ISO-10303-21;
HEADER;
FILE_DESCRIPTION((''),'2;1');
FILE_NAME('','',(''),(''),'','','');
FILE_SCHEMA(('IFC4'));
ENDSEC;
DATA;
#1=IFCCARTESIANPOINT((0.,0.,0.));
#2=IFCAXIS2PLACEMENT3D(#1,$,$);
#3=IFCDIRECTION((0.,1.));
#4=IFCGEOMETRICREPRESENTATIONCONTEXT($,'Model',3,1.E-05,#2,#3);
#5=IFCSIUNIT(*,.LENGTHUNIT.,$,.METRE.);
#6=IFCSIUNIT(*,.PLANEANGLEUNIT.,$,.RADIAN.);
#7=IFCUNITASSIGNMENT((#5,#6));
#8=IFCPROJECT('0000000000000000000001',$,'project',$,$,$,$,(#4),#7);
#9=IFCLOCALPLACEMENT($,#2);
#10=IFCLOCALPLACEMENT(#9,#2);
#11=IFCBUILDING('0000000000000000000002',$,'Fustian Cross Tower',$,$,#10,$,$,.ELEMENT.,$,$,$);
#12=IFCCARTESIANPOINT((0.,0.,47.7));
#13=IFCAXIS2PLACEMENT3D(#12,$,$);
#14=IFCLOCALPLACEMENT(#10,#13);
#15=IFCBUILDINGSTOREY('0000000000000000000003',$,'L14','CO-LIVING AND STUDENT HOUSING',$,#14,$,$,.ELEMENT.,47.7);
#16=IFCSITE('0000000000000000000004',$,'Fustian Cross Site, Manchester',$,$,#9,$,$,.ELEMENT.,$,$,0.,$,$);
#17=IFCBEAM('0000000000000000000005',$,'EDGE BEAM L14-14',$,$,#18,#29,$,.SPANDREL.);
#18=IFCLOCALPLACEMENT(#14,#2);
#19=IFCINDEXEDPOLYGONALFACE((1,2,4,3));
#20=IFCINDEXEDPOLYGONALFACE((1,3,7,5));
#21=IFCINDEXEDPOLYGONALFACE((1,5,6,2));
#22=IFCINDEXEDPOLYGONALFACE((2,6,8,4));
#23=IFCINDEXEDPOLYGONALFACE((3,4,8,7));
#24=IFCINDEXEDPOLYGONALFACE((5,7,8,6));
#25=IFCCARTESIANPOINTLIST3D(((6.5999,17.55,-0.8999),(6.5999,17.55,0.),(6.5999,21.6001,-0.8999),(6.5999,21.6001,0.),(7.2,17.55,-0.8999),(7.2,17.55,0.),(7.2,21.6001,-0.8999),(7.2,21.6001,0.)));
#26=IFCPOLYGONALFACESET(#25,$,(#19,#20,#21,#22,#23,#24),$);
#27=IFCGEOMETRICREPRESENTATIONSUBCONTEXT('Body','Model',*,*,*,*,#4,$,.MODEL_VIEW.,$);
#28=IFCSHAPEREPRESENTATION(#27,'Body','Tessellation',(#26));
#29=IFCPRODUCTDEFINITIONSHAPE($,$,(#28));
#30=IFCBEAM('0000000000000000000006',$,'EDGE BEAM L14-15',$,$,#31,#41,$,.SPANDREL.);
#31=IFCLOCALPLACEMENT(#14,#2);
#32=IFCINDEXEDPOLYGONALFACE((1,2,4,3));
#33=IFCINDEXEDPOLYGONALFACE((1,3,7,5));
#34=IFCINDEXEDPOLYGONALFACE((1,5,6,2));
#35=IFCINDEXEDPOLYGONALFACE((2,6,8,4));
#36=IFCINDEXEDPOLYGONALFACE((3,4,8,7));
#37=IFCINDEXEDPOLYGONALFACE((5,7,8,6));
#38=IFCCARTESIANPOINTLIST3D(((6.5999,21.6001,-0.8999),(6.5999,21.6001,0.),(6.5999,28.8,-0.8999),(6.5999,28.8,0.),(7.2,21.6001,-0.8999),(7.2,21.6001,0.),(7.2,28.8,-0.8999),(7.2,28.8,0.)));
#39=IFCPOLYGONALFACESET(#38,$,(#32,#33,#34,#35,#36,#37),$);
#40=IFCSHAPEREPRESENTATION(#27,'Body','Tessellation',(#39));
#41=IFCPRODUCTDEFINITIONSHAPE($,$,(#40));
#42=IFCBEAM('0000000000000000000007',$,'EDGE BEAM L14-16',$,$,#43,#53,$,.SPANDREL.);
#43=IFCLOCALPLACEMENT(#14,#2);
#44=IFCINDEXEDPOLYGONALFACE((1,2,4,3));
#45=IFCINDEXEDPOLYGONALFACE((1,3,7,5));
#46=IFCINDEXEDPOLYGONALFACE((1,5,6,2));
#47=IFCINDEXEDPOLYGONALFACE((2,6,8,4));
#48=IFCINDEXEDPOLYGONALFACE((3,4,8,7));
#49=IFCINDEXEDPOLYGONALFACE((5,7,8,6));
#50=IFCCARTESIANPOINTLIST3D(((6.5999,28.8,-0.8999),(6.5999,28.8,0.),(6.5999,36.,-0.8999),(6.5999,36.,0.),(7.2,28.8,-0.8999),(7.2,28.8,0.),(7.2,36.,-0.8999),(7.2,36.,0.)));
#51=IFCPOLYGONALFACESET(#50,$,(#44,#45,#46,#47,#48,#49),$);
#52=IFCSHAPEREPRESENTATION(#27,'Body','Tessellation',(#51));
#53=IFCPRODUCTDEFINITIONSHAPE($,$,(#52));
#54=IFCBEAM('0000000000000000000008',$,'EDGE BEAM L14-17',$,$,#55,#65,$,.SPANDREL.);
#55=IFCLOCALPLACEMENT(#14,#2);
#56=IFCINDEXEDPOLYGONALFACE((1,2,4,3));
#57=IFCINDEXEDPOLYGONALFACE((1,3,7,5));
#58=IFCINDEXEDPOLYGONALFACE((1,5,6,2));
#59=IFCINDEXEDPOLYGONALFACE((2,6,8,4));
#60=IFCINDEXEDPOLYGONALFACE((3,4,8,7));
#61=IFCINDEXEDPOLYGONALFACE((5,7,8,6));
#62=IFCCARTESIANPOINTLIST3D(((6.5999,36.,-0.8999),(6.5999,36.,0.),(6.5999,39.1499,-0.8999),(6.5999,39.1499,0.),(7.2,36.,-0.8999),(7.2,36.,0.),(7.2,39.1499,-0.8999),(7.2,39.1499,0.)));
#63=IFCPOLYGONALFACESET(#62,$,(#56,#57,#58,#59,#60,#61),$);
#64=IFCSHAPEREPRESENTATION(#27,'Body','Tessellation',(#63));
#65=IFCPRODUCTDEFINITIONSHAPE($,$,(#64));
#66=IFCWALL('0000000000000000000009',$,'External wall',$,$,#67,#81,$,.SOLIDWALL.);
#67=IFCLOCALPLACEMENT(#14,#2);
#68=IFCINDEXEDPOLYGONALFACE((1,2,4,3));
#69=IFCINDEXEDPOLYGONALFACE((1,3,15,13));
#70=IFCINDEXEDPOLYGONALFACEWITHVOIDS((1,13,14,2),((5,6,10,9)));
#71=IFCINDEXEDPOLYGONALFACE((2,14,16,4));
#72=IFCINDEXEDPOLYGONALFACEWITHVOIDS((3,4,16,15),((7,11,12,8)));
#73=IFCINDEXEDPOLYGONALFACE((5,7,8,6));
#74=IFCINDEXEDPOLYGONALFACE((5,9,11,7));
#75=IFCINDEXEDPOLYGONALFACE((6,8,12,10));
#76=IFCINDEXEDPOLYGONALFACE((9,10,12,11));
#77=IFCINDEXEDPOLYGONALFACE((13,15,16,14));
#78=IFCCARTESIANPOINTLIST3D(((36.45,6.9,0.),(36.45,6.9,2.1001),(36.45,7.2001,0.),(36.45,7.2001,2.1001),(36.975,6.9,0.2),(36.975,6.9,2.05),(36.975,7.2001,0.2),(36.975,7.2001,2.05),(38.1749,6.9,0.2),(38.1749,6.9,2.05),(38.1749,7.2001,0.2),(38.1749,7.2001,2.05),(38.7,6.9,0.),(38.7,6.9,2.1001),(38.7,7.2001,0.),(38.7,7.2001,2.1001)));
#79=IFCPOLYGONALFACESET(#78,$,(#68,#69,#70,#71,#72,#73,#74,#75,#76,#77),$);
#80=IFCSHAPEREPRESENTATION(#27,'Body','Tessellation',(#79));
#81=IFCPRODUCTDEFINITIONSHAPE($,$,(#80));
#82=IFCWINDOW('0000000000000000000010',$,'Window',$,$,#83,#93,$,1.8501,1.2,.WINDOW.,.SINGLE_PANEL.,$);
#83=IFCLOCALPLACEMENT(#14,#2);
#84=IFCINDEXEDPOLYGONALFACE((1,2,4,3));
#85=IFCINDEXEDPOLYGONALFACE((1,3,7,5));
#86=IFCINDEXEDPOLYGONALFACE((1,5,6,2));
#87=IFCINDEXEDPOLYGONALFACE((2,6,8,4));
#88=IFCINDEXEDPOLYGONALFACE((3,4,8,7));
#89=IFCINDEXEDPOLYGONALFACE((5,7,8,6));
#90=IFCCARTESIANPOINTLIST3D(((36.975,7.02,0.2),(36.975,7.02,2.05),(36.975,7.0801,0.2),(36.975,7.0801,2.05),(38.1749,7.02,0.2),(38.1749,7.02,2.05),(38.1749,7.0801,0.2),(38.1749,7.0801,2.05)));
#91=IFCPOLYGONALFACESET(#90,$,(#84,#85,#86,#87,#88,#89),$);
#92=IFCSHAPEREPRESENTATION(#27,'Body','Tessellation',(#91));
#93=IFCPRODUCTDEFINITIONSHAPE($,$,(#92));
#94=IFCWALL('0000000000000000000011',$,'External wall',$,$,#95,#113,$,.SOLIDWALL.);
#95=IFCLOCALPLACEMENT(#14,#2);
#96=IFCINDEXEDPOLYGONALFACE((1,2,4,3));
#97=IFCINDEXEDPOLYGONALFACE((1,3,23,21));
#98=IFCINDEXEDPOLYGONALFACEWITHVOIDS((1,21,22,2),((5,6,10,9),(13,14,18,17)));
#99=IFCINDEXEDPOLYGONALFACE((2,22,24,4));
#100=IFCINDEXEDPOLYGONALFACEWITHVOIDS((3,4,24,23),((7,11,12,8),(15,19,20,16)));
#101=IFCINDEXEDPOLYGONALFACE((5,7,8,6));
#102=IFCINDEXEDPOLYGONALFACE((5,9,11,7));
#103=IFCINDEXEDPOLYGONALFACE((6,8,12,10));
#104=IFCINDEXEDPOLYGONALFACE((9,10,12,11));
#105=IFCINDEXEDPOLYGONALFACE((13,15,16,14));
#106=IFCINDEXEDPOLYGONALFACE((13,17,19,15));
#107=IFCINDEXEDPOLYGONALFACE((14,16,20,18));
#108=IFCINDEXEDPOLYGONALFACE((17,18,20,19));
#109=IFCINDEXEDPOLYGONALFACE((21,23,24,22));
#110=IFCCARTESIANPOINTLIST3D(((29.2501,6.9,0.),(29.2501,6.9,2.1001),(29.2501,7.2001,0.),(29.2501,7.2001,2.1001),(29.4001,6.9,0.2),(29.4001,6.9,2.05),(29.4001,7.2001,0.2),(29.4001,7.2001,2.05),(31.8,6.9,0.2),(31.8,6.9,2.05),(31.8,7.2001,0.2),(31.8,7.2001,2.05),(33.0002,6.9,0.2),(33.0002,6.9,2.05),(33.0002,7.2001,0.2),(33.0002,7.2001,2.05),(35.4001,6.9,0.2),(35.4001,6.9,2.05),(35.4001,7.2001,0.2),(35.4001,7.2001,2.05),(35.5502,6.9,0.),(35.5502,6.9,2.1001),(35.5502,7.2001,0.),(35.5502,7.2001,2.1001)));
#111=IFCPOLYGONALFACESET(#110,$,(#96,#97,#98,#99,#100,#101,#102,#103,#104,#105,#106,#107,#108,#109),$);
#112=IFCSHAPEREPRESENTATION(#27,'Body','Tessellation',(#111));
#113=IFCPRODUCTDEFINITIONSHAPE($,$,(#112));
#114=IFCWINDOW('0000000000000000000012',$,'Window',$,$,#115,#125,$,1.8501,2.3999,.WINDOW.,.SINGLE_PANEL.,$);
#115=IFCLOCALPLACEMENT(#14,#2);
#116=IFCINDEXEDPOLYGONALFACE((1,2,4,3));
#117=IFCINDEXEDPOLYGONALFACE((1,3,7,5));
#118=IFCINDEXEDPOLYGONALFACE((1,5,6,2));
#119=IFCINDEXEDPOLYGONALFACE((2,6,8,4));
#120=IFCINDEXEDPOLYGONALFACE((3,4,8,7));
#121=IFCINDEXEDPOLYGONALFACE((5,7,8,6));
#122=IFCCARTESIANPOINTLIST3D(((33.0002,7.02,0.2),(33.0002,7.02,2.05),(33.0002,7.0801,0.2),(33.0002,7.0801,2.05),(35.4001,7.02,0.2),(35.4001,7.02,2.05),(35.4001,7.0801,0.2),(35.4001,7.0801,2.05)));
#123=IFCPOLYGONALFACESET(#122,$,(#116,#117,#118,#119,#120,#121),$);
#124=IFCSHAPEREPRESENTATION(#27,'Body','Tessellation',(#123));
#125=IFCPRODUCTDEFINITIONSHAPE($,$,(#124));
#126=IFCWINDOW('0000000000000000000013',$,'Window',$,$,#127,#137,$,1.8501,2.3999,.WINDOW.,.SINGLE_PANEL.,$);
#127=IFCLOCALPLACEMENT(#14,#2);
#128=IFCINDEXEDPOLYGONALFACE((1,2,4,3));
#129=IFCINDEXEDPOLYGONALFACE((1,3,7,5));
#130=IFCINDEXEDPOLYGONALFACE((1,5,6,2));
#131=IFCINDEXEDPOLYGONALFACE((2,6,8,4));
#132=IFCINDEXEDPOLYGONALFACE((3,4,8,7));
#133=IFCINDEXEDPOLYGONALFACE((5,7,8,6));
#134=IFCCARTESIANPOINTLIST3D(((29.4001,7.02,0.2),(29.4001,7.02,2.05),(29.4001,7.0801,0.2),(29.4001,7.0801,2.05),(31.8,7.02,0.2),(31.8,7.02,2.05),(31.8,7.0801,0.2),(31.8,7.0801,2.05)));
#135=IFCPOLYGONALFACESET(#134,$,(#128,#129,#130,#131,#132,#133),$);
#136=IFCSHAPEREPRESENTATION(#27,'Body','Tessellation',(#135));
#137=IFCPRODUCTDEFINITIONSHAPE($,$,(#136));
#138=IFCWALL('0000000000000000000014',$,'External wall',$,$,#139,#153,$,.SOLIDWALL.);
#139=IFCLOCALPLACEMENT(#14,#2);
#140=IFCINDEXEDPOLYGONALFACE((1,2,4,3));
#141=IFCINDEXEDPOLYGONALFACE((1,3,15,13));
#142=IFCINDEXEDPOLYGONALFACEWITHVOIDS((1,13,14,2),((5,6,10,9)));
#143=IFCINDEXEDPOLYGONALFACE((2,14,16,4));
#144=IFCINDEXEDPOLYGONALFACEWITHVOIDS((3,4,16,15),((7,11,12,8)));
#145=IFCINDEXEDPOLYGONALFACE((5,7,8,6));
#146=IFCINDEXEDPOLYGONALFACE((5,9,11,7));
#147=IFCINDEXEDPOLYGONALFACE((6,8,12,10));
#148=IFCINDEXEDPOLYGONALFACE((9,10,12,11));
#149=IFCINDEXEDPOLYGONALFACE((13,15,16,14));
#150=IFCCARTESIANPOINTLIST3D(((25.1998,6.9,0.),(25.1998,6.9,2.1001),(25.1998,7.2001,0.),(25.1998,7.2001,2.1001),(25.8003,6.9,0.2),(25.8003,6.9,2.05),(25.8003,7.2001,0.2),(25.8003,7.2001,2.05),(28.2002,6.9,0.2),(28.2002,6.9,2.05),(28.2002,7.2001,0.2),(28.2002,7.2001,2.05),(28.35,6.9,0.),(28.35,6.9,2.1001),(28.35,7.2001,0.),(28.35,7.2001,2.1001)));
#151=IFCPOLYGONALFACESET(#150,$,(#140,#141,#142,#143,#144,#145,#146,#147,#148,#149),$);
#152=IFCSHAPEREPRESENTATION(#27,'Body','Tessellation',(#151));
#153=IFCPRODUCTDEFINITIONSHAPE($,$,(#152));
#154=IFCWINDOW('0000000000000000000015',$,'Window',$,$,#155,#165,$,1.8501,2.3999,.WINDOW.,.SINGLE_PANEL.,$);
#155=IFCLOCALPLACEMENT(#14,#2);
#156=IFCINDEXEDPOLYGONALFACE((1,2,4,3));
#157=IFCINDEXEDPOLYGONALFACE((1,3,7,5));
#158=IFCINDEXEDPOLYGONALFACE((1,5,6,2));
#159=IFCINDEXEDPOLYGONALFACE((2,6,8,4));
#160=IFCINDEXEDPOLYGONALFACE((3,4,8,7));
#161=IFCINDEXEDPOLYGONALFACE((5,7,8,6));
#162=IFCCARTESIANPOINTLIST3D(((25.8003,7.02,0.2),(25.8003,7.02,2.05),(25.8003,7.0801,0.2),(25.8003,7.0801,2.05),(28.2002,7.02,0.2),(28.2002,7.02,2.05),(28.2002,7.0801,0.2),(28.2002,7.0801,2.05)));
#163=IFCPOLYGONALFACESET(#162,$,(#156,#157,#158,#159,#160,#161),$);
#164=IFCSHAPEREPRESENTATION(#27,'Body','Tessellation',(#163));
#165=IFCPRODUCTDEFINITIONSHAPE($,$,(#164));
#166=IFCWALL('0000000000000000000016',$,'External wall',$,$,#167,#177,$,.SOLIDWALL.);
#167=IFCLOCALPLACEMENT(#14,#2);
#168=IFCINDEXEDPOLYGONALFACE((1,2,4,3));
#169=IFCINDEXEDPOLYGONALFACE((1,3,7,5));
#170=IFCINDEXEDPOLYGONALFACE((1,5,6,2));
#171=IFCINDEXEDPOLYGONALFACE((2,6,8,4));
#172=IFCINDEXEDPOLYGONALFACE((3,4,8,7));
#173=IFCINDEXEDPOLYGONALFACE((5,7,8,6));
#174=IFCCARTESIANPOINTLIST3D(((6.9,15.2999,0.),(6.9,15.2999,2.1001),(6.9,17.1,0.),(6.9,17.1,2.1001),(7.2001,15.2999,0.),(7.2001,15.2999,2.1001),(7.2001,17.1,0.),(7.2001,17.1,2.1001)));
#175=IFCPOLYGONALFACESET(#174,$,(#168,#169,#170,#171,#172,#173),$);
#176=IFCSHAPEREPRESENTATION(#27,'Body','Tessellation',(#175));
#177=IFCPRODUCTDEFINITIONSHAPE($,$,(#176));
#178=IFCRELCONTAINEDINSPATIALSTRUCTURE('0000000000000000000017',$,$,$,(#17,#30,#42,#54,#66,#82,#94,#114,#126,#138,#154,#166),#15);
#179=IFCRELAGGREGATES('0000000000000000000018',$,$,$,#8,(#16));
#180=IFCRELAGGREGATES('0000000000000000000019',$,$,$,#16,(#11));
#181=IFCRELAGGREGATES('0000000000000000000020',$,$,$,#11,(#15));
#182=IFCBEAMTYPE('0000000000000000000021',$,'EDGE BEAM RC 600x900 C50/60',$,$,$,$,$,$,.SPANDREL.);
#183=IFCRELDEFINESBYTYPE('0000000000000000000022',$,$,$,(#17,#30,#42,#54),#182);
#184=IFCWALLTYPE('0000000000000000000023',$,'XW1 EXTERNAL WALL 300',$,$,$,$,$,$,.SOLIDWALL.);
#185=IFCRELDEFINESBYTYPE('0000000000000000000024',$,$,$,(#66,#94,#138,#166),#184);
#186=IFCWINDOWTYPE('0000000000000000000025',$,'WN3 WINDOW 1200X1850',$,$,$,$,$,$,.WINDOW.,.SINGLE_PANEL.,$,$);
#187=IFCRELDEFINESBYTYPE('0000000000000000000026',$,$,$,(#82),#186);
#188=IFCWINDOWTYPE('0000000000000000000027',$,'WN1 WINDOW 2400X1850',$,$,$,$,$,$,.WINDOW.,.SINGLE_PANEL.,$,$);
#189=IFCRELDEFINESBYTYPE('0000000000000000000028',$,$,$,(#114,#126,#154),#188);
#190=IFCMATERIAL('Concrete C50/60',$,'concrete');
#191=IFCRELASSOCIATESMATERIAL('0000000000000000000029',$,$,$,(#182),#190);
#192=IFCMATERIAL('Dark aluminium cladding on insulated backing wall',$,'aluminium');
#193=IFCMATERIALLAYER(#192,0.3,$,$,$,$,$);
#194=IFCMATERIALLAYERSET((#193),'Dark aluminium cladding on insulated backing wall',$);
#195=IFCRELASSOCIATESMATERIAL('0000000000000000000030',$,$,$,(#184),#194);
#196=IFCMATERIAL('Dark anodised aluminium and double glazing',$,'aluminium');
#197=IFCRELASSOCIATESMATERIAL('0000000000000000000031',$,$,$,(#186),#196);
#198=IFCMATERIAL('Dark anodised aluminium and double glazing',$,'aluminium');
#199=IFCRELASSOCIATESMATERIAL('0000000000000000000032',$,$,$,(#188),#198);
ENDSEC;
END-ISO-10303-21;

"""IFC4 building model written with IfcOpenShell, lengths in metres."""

from ifc_helpers import new_model, si_unit, direction, frame, frame_2d, origin, origin_2d, place, context, subcontext, project, spatial, rectangle, extrude, material, layer, layer_set, material_profile, profile_set, type_object, element, fill, save


model = new_model("IFC4")

# Units and contexts
model_context = context("Model", 3, precision=1e-05, world=origin(), true_north=direction((0.0, 1.0)))
body_context = subcontext(model_context, "Body", "Model", "MODEL_VIEW")
ifc_project = project(units=[si_unit("LENGTHUNIT", "METRE"), si_unit("PLANEANGLEUNIT", "RADIAN")], contexts=[model_context])

# Site, building, storey
site_placement = place(None, origin())
site = spatial("IfcSite", under=ifc_project, at=site_placement, Name="Fustian Cross Site, Manchester", CompositionType="ELEMENT", RefElevation=0.0)
building_placement = place(site_placement, origin())
building = spatial("IfcBuilding", under=site, at=building_placement, Name="Fustian Cross Tower", CompositionType="ELEMENT")
storey_placement = place(building_placement, frame((0.0, 0.0, 47.7)))
storey = spatial("IfcBuildingStorey", under=building, at=storey_placement, Name="L14", Description="CO-LIVING AND STUDENT HOUSING", CompositionType="ELEMENT", Elevation=47.7)

# Beams
ifc_material_1 = material(Name="Concrete C50/60", Category="concrete")
ifc_material_profile = material_profile(ifc_material_1, rectangle(XDim=0.6001, YDim=0.8999, at=origin_2d()), Name="RC 600x900")
ifc_profile_set = profile_set([ifc_material_profile], Name="Concrete C50/60")
beam_type = type_object("IfcBeamType", Name="EDGE BEAM RC 600x900 C50/60", PredefinedType="SPANDREL", material=ifc_profile_set)
beam_1_placement = place(storey_placement, frame((6.8999, 17.55, -0.45), z_axis=(0.0, 1.0, 0.0), x_axis=(-1.0, 0.0, 0.0)))
element("IfcBeam", 1, at=beam_1_placement, inside=storey, type_object=beam_type, Name="EDGE BEAM L14-14", PredefinedType="SPANDREL", context=body_context, shape_type="SweptSolid", body=[
    extrude(rectangle(XDim=0.6001, YDim=0.8999, at=origin_2d()), origin(), (0.0, 0.0, 1.0), 4.05),
])
for number, where, z_axis, x_axis, name in (
    (2, (6.8999, 21.6001, -0.45), (0.0, 1.0, 0.0), (-1.0, 0.0, 0.0), "EDGE BEAM L14-15"),
    (3, (6.8999, 28.8, -0.45), (0.0, 1.0, 0.0), (-1.0, 0.0, 0.0), "EDGE BEAM L14-16"),
):
    element("IfcBeam", number, at=place(storey_placement, frame(where, z_axis=z_axis, x_axis=x_axis)), inside=storey, type_object=beam_type, Name=name, PredefinedType="SPANDREL", context=body_context, shape_type="SweptSolid", body=[
        extrude(rectangle(XDim=0.6001, YDim=0.8999, at=origin_2d()), origin(), (0.0, 0.0, 1.0), 7.2),
    ])
beam_2_placement = place(storey_placement, frame((6.8999, 36.0, -0.45), z_axis=(0.0, 1.0, 0.0), x_axis=(-1.0, 0.0, 0.0)))
element("IfcBeam", 4, at=beam_2_placement, inside=storey, type_object=beam_type, Name="EDGE BEAM L14-17", PredefinedType="SPANDREL", context=body_context, shape_type="SweptSolid", body=[
    extrude(rectangle(XDim=0.6001, YDim=0.8999, at=origin_2d()), origin(), (0.0, 0.0, 1.0), 3.1499),
])

# Wall, opening, window
ifc_material_2 = material(Name="Dark aluminium cladding on insulated backing wall", Category="aluminium")
ifc_layer = layer(ifc_material_2, 0.3)
ifc_layer_set = layer_set([ifc_layer], Name="Dark aluminium cladding on insulated backing wall")
wall_type = type_object("IfcWallType", Name="XW1 EXTERNAL WALL 300", PredefinedType="SOLIDWALL", material=ifc_layer_set)
wall_1_placement = place(storey_placement, frame((38.7, 7.05, 0.0), z_axis=(0.0, 0.0, 1.0), x_axis=(-1.0, 0.0, 0.0)))
wall_1 = element("IfcWall", 5, at=wall_1_placement, inside=storey, type_object=wall_type, Name="External wall", PredefinedType="SOLIDWALL", context=body_context, shape_type="SweptSolid", body=[
    extrude(rectangle(XDim=2.25, YDim=0.3, at=frame_2d((1.125, 0.0))), origin(), (0.0, 0.0, 1.0), 2.1001),
])
opening_1_placement = place(wall_1_placement, frame((0.5249, 0.0, 0.2)))
opening_1 = element("IfcOpeningElement", 6, at=opening_1_placement, cuts=wall_1, PredefinedType="OPENING", context=body_context, shape_type="SweptSolid", body=[
    extrude(rectangle(XDim=1.2, YDim=1.8501, at=frame_2d((0.6001, 0.925))), frame((0.0, 0.1599, 0.0), z_axis=(0.0, -1.0, 0.0), x_axis=(1.0, 0.0, 0.0)), (0.0, 0.0, 1.0), 0.3201),
])
ifc_material_3 = material(Name="Dark anodised aluminium and double glazing", Category="aluminium")
window_type_1 = type_object("IfcWindowType", Name="WN3 WINDOW 1200X1850", PartitioningType="SINGLE_PANEL", PredefinedType="WINDOW", material=ifc_material_3)
window_1_placement = place(opening_1_placement, origin())
window_1 = element("IfcWindow", 7, at=window_1_placement, inside=storey, type_object=window_type_1, Name="Window", OverallHeight=1.8501, OverallWidth=1.2, PartitioningType="SINGLE_PANEL", PredefinedType="WINDOW", context=body_context, shape_type="SweptSolid", body=[
    extrude(rectangle(XDim=1.2, YDim=1.8501, at=frame_2d((0.6001, 0.925))), frame((0.0, 0.03, 0.0), z_axis=(0.0, -1.0, 0.0), x_axis=(1.0, 0.0, 0.0)), (0.0, 0.0, 1.0), 0.0601),
])
fill(opening_1, window_1)

# Wall, openings, windows
wall_2_placement = place(storey_placement, frame((35.55, 7.05, 0.0), z_axis=(0.0, 0.0, 1.0), x_axis=(-1.0, 0.0, 0.0)))
wall_2 = element("IfcWall", 8, at=wall_2_placement, inside=storey, type_object=wall_type, Name="External wall", PredefinedType="SOLIDWALL", context=body_context, shape_type="SweptSolid", body=[
    extrude(rectangle(XDim=6.3, YDim=0.3, at=frame_2d((3.1499, 0.0))), origin(), (0.0, 0.0, 1.0), 2.1001),
])
opening_2_placement = place(wall_2_placement, frame((0.1499, 0.0, 0.2)))
opening_2 = element("IfcOpeningElement", 9, at=opening_2_placement, cuts=wall_2, PredefinedType="OPENING", context=body_context, shape_type="SweptSolid", body=[
    extrude(rectangle(XDim=2.3999, YDim=1.8501, at=frame_2d((1.2, 0.925))), frame((0.0, 0.1599, 0.0), z_axis=(0.0, -1.0, 0.0), x_axis=(1.0, 0.0, 0.0)), (0.0, 0.0, 1.0), 0.3201),
])
opening_3_placement = place(wall_2_placement, frame((3.75, 0.0, 0.2)))
opening_3 = element("IfcOpeningElement", 10, at=opening_3_placement, cuts=wall_2, PredefinedType="OPENING", context=body_context, shape_type="SweptSolid", body=[
    extrude(rectangle(XDim=2.3999, YDim=1.8501, at=frame_2d((1.2, 0.925))), frame((0.0, 0.1599, 0.0), z_axis=(0.0, -1.0, 0.0), x_axis=(1.0, 0.0, 0.0)), (0.0, 0.0, 1.0), 0.3201),
])
ifc_material_4 = material(Name="Dark anodised aluminium and double glazing", Category="aluminium")
window_type_2 = type_object("IfcWindowType", Name="WN1 WINDOW 2400X1850", PartitioningType="SINGLE_PANEL", PredefinedType="WINDOW", material=ifc_material_4)
window_2_placement = place(opening_2_placement, origin())
window_2 = element("IfcWindow", 11, at=window_2_placement, inside=storey, type_object=window_type_2, Name="Window", OverallHeight=1.8501, OverallWidth=2.3999, PartitioningType="SINGLE_PANEL", PredefinedType="WINDOW", context=body_context, shape_type="SweptSolid", body=[
    extrude(rectangle(XDim=2.3999, YDim=1.8501, at=frame_2d((1.2, 0.925))), frame((0.0, 0.03, 0.0), z_axis=(0.0, -1.0, 0.0), x_axis=(1.0, 0.0, 0.0)), (0.0, 0.0, 1.0), 0.0601),
])
fill(opening_2, window_2)
window_3_placement = place(opening_3_placement, origin())
window_3 = element("IfcWindow", 12, at=window_3_placement, inside=storey, type_object=window_type_2, Name="Window", OverallHeight=1.8501, OverallWidth=2.3999, PartitioningType="SINGLE_PANEL", PredefinedType="WINDOW", context=body_context, shape_type="SweptSolid", body=[
    extrude(rectangle(XDim=2.3999, YDim=1.8501, at=frame_2d((1.2, 0.925))), frame((0.0, 0.03, 0.0), z_axis=(0.0, -1.0, 0.0), x_axis=(1.0, 0.0, 0.0)), (0.0, 0.0, 1.0), 0.0601),
])
fill(opening_3, window_3)

# Wall, opening, window
wall_3_placement = place(storey_placement, frame((28.3501, 7.05, 0.0), z_axis=(0.0, 0.0, 1.0), x_axis=(-1.0, 0.0, 0.0)))
wall_3 = element("IfcWall", 13, at=wall_3_placement, inside=storey, type_object=wall_type, Name="External wall", PredefinedType="SOLIDWALL", context=body_context, shape_type="SweptSolid", body=[
    extrude(rectangle(XDim=3.1501, YDim=0.3, at=frame_2d((1.5752, 0.0))), origin(), (0.0, 0.0, 1.0), 2.1001),
])
opening_4_placement = place(wall_3_placement, frame((0.1499, 0.0, 0.2)))
opening_4 = element("IfcOpeningElement", 14, at=opening_4_placement, cuts=wall_3, PredefinedType="OPENING", context=body_context, shape_type="SweptSolid", body=[
    extrude(rectangle(XDim=2.3999, YDim=1.8501, at=frame_2d((1.2, 0.925))), frame((0.0, 0.1599, 0.0), z_axis=(0.0, -1.0, 0.0), x_axis=(1.0, 0.0, 0.0)), (0.0, 0.0, 1.0), 0.3201),
])
window_4_placement = place(opening_4_placement, origin())
window_4 = element("IfcWindow", 15, at=window_4_placement, inside=storey, type_object=window_type_2, Name="Window", OverallHeight=1.8501, OverallWidth=2.3999, PartitioningType="SINGLE_PANEL", PredefinedType="WINDOW", context=body_context, shape_type="SweptSolid", body=[
    extrude(rectangle(XDim=2.3999, YDim=1.8501, at=frame_2d((1.2, 0.925))), frame((0.0, 0.03, 0.0), z_axis=(0.0, -1.0, 0.0), x_axis=(1.0, 0.0, 0.0)), (0.0, 0.0, 1.0), 0.0601),
])
fill(opening_4, window_4)

# Wall
wall_4_placement = place(storey_placement, frame((7.05, 15.3, 0.0), z_axis=(0.0, 0.0, 1.0), x_axis=(0.0, 1.0, 0.0)))
element("IfcWall", 16, at=wall_4_placement, inside=storey, type_object=wall_type, Name="External wall", PredefinedType="SOLIDWALL", context=body_context, shape_type="SweptSolid", body=[
    extrude(rectangle(XDim=1.8, YDim=0.3, at=frame_2d((0.8999, 0.0))), origin(), (0.0, 0.0, 1.0), 2.1001),
])

save(model, "model.ifc")
